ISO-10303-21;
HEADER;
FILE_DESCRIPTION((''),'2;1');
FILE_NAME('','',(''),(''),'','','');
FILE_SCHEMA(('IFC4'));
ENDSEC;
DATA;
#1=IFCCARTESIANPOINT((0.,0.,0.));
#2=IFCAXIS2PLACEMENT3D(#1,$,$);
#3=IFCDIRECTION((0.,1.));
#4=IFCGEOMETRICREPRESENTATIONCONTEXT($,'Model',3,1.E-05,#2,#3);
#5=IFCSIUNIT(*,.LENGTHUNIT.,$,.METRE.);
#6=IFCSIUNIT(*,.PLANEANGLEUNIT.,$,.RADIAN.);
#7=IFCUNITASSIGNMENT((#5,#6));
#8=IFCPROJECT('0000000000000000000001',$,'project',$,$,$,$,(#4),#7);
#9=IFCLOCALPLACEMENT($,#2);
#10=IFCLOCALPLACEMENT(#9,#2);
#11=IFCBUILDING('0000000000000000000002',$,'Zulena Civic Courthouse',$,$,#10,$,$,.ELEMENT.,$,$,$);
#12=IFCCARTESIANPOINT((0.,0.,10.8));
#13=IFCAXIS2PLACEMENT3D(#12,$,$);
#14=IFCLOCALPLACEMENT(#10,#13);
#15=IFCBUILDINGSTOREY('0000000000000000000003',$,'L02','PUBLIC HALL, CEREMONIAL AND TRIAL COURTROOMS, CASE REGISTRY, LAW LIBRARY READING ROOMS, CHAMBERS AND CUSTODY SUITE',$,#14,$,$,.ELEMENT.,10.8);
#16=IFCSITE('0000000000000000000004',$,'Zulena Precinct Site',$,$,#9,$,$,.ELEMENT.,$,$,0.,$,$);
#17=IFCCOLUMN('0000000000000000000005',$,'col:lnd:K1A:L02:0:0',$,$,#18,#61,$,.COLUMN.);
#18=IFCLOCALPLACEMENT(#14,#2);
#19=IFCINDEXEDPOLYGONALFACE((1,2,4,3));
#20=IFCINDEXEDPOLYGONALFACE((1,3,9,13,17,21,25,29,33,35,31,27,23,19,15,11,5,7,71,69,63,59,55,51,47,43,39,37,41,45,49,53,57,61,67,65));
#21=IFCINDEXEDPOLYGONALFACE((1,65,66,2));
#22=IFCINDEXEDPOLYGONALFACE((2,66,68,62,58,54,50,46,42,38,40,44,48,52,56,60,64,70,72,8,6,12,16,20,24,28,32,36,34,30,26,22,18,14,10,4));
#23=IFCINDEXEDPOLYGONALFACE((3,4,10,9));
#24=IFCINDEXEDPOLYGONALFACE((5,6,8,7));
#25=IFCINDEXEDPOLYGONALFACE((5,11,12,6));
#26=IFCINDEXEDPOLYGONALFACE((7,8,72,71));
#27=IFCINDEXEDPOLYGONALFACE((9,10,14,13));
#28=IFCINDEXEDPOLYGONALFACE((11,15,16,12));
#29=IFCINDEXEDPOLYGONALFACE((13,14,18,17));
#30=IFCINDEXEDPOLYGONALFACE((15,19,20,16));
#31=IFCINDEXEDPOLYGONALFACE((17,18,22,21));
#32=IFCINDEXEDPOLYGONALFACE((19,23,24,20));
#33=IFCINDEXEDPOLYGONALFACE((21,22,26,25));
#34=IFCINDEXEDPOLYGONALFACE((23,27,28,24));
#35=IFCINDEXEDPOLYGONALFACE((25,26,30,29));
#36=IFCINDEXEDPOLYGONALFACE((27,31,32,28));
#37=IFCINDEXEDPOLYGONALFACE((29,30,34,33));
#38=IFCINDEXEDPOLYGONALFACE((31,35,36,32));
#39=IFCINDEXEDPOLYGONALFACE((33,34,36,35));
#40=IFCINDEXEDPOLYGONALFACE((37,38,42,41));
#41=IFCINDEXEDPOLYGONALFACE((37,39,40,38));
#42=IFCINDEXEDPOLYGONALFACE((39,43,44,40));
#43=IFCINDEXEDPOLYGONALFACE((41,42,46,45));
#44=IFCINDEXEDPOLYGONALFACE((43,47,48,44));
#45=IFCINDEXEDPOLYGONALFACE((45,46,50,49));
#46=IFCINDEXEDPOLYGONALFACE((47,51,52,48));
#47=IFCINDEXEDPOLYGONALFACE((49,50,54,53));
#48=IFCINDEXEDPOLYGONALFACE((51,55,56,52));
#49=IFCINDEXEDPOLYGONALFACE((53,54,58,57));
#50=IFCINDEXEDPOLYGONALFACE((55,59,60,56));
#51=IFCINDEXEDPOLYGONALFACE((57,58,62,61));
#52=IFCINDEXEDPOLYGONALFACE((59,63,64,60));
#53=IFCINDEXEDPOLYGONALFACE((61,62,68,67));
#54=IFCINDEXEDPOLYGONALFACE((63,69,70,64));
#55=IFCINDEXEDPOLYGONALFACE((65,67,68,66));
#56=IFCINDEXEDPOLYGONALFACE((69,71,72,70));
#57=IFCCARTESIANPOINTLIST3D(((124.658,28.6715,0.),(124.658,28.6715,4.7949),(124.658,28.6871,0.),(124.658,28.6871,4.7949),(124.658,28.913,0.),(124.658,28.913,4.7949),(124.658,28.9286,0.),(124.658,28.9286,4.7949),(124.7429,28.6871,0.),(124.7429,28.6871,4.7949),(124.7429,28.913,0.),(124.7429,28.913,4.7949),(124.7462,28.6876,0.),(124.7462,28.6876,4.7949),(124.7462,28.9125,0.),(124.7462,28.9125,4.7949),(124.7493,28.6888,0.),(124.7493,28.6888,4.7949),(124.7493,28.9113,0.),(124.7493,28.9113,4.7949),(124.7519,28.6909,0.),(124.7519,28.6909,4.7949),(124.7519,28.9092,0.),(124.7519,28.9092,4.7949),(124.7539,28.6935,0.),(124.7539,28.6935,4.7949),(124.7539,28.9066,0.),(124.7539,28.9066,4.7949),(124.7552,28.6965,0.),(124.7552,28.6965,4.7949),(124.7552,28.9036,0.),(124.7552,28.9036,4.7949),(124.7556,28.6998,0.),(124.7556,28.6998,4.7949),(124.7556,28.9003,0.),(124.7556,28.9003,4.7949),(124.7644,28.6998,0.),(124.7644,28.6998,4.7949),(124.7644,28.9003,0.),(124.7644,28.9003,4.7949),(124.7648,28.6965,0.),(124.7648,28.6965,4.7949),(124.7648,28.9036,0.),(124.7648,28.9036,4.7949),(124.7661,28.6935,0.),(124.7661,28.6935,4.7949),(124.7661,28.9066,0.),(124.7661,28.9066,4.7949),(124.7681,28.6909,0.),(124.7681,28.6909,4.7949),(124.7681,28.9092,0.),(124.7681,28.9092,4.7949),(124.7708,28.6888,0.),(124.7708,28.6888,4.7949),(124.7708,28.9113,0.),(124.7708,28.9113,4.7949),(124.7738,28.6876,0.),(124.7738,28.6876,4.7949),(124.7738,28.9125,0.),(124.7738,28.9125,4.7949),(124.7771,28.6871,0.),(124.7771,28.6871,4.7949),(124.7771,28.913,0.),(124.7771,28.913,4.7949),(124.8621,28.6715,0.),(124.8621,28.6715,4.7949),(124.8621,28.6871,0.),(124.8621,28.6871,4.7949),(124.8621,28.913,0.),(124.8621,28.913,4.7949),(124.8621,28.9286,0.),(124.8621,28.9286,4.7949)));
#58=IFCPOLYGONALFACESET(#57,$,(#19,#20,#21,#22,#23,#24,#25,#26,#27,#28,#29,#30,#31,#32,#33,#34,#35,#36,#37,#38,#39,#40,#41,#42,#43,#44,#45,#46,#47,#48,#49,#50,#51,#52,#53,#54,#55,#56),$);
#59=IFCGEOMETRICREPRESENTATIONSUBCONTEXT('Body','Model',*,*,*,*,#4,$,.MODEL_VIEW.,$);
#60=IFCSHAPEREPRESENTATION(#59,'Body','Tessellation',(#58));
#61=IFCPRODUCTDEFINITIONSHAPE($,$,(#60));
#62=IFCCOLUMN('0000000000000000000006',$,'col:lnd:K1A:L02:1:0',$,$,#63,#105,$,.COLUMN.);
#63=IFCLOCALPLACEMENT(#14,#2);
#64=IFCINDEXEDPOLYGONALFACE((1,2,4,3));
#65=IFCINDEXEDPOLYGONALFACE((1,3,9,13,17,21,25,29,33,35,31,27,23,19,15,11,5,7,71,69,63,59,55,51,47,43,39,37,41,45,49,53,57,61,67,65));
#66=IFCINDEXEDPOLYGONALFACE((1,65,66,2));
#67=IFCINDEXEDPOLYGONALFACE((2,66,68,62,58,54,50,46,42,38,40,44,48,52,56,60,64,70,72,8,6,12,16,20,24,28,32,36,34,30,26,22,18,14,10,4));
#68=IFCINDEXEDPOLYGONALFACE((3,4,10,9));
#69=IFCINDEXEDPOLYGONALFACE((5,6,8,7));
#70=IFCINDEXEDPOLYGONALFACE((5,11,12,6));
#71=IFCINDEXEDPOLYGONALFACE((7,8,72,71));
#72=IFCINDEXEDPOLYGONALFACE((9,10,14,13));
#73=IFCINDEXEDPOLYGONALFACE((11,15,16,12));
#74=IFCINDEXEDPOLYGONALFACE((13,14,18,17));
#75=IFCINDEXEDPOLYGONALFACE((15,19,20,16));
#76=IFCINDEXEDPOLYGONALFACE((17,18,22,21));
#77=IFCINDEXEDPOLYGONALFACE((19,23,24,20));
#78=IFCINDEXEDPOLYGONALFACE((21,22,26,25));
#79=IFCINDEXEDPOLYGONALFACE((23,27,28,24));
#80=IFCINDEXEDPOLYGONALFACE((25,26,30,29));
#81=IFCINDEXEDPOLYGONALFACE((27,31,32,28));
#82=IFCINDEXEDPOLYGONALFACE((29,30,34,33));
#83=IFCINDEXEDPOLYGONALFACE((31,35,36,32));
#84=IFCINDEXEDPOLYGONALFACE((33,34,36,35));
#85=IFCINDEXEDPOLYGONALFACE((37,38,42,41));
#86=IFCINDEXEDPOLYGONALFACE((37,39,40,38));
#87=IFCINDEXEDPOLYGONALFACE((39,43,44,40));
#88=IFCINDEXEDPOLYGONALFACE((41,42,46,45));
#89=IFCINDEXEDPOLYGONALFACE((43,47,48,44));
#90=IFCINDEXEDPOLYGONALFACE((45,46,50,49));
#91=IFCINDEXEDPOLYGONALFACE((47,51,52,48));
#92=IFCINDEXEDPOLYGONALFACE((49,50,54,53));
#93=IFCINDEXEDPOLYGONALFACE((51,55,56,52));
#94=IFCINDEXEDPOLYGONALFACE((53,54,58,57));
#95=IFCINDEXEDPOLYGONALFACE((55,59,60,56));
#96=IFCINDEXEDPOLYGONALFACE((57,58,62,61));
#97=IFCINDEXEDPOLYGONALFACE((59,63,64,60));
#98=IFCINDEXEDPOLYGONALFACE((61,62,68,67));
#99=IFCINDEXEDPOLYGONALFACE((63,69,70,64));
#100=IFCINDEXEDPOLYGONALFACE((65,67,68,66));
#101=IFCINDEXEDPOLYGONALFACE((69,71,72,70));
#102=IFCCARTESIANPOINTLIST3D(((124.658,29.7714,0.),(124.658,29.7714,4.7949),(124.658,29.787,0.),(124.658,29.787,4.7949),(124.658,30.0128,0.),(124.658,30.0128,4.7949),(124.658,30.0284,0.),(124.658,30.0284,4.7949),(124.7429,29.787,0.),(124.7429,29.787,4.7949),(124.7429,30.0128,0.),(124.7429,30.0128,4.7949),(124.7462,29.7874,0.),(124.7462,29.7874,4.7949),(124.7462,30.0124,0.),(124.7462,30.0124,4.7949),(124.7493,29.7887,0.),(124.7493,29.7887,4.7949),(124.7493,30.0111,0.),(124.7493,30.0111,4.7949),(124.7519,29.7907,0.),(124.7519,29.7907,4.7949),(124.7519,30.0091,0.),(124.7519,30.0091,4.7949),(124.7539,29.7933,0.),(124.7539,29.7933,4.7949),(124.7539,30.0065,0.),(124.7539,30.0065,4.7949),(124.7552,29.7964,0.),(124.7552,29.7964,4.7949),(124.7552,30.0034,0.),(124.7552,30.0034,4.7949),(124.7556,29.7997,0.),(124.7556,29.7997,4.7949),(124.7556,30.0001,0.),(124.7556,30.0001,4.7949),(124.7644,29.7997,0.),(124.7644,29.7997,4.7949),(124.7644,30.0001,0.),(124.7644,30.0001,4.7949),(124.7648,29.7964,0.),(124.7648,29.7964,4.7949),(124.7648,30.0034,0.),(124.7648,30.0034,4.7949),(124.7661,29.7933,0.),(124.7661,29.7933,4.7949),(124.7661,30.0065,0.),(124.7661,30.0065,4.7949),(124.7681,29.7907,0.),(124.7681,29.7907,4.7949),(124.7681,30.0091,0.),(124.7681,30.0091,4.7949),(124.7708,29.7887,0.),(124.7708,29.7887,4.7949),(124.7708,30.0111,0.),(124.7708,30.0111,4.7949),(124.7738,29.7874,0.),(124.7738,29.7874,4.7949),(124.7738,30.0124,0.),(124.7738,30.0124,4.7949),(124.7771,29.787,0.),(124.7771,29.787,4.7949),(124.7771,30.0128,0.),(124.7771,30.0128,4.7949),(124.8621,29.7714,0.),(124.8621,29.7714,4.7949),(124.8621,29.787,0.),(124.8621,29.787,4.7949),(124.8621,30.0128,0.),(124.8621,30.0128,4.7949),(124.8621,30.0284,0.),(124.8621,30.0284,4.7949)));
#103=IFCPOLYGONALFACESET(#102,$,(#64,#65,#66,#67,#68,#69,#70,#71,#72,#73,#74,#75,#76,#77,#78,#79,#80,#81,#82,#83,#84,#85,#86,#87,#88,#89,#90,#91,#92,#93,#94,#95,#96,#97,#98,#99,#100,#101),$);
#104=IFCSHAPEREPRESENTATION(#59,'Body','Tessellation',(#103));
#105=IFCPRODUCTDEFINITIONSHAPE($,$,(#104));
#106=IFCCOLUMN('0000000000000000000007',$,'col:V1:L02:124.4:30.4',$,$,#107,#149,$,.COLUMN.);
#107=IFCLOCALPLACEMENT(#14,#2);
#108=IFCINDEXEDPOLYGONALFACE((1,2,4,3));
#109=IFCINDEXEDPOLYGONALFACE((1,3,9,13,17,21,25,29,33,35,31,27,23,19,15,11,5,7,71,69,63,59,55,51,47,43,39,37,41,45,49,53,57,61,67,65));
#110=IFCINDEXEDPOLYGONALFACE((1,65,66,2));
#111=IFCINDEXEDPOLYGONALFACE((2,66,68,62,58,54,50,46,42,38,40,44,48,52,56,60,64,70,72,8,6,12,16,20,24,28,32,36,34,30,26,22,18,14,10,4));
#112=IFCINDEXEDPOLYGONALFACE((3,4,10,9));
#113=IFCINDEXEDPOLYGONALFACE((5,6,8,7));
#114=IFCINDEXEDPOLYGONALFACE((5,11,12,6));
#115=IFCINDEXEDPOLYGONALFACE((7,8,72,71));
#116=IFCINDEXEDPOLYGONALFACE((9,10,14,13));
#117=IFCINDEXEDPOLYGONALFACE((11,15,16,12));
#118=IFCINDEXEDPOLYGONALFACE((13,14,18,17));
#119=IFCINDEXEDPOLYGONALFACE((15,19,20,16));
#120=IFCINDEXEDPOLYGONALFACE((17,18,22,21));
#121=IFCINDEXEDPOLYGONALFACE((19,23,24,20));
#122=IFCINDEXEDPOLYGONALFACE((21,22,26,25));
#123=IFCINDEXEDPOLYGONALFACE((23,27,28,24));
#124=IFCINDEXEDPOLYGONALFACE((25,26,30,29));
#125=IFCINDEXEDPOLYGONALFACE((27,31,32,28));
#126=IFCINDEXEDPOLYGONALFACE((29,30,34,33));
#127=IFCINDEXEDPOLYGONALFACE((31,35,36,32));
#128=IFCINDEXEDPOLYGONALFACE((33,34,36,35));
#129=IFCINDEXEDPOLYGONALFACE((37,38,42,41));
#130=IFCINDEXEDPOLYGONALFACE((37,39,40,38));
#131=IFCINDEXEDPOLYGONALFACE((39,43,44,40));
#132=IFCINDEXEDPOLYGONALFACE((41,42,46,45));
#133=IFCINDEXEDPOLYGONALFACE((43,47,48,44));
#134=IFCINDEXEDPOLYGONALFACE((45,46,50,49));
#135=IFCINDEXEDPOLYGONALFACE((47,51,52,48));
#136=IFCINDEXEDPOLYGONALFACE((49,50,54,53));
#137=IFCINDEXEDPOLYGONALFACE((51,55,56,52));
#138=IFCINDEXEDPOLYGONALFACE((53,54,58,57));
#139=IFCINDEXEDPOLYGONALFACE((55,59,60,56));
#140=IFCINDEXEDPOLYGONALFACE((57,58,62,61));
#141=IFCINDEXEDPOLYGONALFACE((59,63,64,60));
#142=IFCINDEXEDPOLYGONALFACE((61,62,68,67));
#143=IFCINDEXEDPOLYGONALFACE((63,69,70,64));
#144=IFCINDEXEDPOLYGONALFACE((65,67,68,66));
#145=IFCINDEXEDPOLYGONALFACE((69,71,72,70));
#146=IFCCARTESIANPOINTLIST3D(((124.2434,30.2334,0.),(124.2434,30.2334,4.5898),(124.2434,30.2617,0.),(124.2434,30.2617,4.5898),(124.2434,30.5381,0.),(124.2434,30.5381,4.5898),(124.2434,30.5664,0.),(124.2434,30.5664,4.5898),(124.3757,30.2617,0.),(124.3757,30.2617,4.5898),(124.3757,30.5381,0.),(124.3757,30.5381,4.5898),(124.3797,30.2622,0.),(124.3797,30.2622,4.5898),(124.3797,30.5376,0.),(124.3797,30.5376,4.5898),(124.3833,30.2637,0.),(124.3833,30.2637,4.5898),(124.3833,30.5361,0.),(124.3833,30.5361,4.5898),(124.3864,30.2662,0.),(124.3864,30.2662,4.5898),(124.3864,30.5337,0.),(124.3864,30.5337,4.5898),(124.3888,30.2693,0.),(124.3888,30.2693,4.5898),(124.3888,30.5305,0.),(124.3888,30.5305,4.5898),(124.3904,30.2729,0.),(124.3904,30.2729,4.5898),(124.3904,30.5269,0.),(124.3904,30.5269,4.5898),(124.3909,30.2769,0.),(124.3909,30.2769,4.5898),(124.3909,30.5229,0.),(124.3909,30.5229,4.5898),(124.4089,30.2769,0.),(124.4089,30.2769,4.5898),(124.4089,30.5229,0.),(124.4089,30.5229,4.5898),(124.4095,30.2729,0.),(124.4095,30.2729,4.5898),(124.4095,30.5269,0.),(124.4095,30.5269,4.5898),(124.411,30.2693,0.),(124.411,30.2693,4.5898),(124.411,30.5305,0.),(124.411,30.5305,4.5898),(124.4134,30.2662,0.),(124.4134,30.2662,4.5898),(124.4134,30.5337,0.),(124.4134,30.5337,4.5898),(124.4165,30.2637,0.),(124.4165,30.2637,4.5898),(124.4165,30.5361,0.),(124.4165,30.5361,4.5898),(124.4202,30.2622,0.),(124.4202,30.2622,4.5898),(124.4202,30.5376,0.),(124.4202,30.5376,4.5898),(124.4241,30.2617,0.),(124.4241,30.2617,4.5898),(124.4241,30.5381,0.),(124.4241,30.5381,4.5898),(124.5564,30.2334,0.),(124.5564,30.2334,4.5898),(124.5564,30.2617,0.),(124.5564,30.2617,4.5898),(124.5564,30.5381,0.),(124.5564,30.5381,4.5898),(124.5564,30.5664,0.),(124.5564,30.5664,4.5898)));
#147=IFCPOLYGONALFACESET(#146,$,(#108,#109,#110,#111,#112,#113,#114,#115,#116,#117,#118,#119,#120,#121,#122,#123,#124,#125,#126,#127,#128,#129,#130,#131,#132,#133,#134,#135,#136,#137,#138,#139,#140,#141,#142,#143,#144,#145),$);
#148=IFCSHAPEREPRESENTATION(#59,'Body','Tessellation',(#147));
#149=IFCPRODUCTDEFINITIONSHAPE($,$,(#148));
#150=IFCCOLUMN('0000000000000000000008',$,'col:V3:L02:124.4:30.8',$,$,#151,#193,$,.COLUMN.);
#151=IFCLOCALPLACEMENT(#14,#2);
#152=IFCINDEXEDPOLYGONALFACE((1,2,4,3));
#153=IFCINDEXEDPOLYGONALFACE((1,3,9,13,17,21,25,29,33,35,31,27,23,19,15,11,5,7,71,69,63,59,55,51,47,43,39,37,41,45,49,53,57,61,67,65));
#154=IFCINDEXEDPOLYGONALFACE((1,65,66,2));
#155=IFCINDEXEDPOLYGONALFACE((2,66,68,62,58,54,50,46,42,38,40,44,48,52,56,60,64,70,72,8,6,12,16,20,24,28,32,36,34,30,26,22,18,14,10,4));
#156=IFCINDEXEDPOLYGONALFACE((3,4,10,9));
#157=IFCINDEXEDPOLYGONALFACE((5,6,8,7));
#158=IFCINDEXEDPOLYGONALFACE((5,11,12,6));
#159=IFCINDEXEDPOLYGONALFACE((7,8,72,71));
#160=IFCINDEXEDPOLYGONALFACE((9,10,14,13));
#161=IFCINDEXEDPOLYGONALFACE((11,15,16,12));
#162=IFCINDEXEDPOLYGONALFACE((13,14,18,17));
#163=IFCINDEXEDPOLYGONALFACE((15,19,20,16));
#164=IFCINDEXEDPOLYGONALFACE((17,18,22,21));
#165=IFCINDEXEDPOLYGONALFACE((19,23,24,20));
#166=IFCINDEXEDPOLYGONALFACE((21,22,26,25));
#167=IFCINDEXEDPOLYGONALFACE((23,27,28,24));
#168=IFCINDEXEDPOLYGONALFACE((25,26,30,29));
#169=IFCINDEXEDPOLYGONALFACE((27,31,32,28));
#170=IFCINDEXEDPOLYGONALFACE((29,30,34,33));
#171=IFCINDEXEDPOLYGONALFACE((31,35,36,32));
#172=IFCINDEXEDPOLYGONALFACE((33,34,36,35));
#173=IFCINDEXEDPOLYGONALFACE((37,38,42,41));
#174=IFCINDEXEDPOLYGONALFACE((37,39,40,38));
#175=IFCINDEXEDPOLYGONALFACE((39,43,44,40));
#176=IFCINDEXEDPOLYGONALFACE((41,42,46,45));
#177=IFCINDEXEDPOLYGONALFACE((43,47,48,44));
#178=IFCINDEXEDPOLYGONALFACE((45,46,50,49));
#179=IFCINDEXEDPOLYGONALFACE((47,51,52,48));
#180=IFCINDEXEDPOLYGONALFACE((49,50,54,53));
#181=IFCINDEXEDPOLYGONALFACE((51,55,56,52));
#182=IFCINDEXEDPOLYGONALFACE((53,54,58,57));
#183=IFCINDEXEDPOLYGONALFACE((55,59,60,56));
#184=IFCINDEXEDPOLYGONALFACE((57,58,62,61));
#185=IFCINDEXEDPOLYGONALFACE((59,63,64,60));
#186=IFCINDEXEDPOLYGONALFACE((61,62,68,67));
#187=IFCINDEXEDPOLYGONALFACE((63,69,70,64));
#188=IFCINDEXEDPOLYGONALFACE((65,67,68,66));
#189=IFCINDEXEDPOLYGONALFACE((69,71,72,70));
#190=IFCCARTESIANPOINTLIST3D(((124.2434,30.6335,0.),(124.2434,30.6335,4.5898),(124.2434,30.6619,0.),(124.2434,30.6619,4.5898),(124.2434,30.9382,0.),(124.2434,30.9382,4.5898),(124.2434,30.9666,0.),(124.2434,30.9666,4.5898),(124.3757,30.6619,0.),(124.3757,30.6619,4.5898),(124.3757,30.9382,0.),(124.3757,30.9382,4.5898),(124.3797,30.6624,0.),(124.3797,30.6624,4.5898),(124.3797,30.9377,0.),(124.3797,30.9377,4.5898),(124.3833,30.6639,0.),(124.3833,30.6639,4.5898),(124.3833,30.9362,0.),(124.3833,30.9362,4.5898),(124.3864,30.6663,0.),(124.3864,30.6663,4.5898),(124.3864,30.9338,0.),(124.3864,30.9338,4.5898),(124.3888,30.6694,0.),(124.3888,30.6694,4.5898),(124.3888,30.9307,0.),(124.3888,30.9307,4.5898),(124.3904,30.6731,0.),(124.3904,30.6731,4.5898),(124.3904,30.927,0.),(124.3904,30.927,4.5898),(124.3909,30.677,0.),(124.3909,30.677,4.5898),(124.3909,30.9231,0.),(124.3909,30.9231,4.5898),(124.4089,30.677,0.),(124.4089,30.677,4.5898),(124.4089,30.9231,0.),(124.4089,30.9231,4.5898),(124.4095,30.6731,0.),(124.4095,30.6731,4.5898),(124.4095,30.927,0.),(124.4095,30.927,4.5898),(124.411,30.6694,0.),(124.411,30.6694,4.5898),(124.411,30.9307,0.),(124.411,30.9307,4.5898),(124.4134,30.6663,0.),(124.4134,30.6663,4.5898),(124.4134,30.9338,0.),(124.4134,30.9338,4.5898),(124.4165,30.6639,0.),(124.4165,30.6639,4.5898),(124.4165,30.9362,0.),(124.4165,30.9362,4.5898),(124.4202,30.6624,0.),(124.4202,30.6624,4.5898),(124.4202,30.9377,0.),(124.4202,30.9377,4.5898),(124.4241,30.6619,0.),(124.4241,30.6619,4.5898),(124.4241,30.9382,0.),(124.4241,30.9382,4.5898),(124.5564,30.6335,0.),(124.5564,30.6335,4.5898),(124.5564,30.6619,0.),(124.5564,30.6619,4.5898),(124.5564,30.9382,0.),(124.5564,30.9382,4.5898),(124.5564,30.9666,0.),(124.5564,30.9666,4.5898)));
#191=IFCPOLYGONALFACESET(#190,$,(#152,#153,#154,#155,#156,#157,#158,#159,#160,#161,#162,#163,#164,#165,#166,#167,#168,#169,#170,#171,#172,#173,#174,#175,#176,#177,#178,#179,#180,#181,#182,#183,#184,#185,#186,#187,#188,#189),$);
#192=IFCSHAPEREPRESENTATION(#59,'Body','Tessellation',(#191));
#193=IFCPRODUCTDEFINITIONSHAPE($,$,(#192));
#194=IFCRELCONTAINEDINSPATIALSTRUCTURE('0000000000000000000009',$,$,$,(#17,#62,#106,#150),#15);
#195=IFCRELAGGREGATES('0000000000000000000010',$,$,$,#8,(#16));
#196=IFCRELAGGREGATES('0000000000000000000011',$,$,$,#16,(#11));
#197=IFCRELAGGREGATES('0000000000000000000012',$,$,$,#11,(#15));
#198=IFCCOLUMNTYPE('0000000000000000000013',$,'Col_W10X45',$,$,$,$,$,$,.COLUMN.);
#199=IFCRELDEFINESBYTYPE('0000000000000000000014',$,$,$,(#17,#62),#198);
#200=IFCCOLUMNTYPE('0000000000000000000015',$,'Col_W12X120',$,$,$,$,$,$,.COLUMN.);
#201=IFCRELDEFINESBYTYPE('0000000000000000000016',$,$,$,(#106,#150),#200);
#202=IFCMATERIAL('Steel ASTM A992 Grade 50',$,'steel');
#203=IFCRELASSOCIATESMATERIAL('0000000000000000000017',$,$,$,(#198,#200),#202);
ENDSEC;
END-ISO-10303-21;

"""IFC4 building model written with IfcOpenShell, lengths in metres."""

from ifc_helpers import new_model, si_unit, direction, frame, origin, origin_2d, place, context, subcontext, project, spatial, i_section, extrude, material, material_profile, profile_set, type_object, element, save


model = new_model("IFC4")

# Units and contexts
model_context = context("Model", 3, precision=1e-05, world=origin(), true_north=direction((0.0, 1.0)))
body_context = subcontext(model_context, "Body", "Model", "MODEL_VIEW")
ifc_project = project(units=[si_unit("LENGTHUNIT", "METRE"), si_unit("PLANEANGLEUNIT", "RADIAN")], contexts=[model_context])

# Site, building, storey
site_placement = place(None, origin())
site = spatial("IfcSite", under=ifc_project, at=site_placement, Name="Zulena Precinct Site", CompositionType="ELEMENT", RefElevation=0.0)
building_placement = place(site_placement, origin())
building = spatial("IfcBuilding", under=site, at=building_placement, Name="Zulena Civic Courthouse", CompositionType="ELEMENT")
storey_placement = place(building_placement, frame((0.0, 0.0, 10.8)))
storey = spatial("IfcBuildingStorey", under=building, at=storey_placement, Name="L02", Description="PUBLIC HALL, CEREMONIAL AND TRIAL COURTROOMS, CASE REGISTRY, LAW LIBRARY READING ROOMS, CHAMBERS AND CUSTODY SUITE", CompositionType="ELEMENT", Elevation=10.8)

# Columns
ifc_material_1 = material(Name="Steel ASTM A992 Grade 50", Category="steel")
ifc_material_profile_1 = material_profile(ifc_material_1, i_section(OverallWidth=0.2041, OverallDepth=0.2571, WebThickness=0.0088, FlangeThickness=0.0156, FilletRadius=0.0127, at=origin_2d()), Name="W10X45")
ifc_profile_set_1 = profile_set([ifc_material_profile_1], Name="Steel ASTM A992 Grade 50")
column_type_1 = type_object("IfcColumnType", Name="Col_W10X45", PredefinedType="COLUMN", material=ifc_profile_set_1)
for number, where, z_axis, x_axis, name in (
    (1, (124.76, 28.8, 0.0), (0.0, 0.0, 1.0), (1.0, 0.0, 0.0), "col:lnd:K1A:L02:0:0"),
    (2, (124.76, 29.8999, 0.0), (0.0, 0.0, 1.0), (1.0, 0.0, 0.0), "col:lnd:K1A:L02:1:0"),
):
    element("IfcColumn", number, at=place(storey_placement, frame(where, z_axis=z_axis, x_axis=x_axis)), inside=storey, type_object=column_type_1, Name=name, PredefinedType="COLUMN", context=body_context, shape_type="SweptSolid", body=[
        extrude(i_section(OverallWidth=0.2041, OverallDepth=0.2571, WebThickness=0.0088, FlangeThickness=0.0156, FilletRadius=0.0127, at=origin_2d()), origin(), (0.0, 0.0, 1.0), 4.7949),
    ])
ifc_material_profile_2 = material_profile(ifc_material_1, i_section(OverallWidth=0.313, OverallDepth=0.333, WebThickness=0.0181, FlangeThickness=0.0283, FilletRadius=0.0151, at=origin_2d()), Name="W12X120")
ifc_profile_set_2 = profile_set([ifc_material_profile_2], Name="Steel ASTM A992 Grade 50")
column_type_2 = type_object("IfcColumnType", Name="Col_W12X120", PredefinedType="COLUMN", material=ifc_profile_set_2)
for number, where, z_axis, x_axis, name in (
    (3, (124.3999, 30.3999, 0.0), (0.0, 0.0, 1.0), (1.0, 0.0, 0.0), "col:V1:L02:124.4:30.4"),
    (4, (124.3999, 30.8, 0.0), (0.0, 0.0, 1.0), (1.0, 0.0, 0.0), "col:V3:L02:124.4:30.8"),
):
    element("IfcColumn", number, at=place(storey_placement, frame(where, z_axis=z_axis, x_axis=x_axis)), inside=storey, type_object=column_type_2, Name=name, PredefinedType="COLUMN", context=body_context, shape_type="SweptSolid", body=[
        extrude(i_section(OverallWidth=0.313, OverallDepth=0.333, WebThickness=0.0181, FlangeThickness=0.0283, FilletRadius=0.0151, at=origin_2d()), origin(), (0.0, 0.0, 1.0), 4.5898),
    ])

save(model, "model.ifc")
